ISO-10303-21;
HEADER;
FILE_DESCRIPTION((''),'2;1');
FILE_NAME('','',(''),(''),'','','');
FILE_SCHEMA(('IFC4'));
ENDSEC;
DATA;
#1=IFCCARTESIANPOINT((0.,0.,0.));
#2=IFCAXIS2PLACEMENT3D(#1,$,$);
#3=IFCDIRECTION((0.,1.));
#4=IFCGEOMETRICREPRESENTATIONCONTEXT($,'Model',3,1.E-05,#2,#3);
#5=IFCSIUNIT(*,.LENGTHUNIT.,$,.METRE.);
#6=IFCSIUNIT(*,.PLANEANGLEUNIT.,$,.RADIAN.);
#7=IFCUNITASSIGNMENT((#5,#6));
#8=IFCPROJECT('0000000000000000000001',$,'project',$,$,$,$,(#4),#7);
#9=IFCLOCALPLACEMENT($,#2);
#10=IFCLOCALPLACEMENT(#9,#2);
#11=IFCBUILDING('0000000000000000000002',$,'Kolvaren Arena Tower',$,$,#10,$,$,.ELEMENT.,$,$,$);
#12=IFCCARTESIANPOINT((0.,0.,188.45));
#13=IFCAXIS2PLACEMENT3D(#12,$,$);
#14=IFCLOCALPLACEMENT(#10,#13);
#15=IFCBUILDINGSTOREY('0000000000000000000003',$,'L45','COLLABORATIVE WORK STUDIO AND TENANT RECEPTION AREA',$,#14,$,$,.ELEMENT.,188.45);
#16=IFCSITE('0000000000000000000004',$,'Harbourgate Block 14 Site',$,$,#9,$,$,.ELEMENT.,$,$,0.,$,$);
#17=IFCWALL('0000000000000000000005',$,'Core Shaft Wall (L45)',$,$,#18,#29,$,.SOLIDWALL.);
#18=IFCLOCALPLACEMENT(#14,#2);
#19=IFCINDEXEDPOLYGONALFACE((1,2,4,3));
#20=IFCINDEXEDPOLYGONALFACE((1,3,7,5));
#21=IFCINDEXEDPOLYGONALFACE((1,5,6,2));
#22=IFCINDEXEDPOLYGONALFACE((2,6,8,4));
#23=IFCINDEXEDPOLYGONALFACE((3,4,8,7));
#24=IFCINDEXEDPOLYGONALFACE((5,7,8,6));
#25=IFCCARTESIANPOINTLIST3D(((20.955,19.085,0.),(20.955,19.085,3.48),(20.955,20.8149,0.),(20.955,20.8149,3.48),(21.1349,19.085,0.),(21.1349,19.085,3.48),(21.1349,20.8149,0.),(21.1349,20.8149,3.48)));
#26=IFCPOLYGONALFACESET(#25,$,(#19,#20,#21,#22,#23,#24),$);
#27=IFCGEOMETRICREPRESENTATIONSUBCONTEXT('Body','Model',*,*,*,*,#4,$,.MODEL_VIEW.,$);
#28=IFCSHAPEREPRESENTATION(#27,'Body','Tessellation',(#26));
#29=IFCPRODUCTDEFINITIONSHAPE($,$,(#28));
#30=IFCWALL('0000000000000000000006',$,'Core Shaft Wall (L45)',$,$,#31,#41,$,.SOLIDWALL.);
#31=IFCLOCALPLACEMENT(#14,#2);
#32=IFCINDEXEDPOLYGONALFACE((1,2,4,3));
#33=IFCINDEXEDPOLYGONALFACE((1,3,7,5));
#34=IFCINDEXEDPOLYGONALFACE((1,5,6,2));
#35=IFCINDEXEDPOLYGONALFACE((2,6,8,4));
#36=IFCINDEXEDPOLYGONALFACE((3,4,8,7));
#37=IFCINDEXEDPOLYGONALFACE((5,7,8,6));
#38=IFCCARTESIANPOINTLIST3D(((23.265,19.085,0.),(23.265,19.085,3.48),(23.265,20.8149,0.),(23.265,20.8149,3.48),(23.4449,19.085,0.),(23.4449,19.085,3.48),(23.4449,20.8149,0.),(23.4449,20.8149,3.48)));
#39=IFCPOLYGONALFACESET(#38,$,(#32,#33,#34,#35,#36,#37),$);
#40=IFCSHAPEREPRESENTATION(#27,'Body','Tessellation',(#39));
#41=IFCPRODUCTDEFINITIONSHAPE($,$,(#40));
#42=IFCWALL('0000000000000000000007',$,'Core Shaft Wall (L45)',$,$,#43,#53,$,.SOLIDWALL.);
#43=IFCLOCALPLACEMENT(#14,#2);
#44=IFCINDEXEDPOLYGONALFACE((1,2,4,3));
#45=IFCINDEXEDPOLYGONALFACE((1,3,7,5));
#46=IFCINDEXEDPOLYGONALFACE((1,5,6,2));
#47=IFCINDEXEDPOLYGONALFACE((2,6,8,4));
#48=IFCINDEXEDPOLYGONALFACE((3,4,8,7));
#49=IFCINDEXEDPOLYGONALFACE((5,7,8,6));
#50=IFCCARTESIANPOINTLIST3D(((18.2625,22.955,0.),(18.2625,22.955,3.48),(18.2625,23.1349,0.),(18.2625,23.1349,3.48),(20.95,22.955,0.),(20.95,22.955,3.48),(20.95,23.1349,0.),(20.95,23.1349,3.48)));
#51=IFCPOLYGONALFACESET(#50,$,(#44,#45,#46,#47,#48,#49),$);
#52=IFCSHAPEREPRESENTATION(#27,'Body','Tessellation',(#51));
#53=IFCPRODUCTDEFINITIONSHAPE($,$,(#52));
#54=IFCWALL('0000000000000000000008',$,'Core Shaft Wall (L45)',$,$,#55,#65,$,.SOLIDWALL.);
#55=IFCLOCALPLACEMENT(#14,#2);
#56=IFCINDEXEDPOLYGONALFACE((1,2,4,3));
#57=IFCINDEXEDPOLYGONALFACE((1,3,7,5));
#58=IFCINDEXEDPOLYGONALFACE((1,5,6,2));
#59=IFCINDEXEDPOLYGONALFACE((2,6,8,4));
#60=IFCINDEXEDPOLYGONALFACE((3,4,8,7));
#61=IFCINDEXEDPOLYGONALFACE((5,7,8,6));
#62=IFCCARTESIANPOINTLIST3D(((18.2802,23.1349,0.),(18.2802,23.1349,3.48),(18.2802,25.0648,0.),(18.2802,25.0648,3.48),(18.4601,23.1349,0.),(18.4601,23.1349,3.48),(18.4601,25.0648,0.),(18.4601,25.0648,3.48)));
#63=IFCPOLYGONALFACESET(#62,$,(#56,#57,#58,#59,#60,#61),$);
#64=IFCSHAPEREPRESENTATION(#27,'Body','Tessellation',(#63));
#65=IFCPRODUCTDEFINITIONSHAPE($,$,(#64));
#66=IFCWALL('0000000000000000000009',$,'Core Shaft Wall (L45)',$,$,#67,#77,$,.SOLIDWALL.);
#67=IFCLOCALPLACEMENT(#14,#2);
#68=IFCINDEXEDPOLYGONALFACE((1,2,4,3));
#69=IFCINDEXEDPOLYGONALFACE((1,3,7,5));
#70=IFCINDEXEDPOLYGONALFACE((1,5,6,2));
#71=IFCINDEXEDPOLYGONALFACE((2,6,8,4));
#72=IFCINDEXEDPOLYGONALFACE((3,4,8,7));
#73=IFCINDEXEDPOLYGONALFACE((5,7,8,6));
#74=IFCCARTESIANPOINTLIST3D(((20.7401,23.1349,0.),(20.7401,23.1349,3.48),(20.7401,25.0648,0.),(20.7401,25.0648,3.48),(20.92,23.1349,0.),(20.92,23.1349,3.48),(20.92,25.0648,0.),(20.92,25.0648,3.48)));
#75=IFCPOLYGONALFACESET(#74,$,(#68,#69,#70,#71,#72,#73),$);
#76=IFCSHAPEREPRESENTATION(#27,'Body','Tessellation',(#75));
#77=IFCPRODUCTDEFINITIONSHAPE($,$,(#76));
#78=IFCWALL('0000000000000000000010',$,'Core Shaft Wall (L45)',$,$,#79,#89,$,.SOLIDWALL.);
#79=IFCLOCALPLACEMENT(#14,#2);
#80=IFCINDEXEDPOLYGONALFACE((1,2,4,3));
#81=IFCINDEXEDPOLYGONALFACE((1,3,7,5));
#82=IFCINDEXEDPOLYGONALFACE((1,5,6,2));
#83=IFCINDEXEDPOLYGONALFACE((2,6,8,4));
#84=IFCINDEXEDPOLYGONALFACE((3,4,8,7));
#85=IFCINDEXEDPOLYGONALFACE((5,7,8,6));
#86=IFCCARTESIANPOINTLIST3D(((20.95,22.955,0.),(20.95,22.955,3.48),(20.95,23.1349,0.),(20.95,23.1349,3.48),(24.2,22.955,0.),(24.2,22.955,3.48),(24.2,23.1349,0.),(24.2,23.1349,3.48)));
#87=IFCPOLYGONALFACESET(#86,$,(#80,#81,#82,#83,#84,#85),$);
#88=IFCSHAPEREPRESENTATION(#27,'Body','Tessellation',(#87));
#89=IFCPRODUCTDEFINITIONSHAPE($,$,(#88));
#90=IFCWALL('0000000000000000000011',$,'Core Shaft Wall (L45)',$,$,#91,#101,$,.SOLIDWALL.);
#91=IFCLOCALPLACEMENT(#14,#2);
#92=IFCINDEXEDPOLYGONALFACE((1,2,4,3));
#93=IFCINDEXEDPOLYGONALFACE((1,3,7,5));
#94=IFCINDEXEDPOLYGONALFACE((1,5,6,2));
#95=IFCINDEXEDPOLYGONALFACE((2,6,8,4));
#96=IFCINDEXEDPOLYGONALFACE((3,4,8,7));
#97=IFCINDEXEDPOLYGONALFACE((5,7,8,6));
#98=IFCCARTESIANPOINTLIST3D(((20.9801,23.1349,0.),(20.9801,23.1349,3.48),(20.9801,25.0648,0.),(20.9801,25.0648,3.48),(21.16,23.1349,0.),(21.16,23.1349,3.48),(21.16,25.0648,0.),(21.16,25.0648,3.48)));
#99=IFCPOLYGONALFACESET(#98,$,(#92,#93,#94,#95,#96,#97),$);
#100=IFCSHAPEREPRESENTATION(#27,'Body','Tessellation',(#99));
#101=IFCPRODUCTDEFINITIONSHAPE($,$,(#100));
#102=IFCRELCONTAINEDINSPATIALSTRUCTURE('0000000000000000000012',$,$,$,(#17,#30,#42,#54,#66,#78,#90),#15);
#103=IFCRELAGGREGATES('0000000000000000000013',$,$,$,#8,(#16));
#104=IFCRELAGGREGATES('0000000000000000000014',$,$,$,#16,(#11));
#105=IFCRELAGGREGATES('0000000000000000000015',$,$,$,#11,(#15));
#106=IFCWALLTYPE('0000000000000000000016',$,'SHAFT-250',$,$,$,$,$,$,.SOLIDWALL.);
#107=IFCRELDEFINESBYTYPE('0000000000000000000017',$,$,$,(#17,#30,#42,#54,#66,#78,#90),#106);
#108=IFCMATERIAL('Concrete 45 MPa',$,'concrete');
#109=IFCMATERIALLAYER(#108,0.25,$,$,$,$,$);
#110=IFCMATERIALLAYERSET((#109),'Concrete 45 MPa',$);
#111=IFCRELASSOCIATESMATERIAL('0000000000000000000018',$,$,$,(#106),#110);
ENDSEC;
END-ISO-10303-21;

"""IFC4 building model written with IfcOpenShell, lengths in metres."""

from ifc_helpers import new_model, si_unit, direction, frame, frame_2d, origin, place, context, subcontext, project, spatial, rectangle, extrude, material, layer, layer_set, type_object, element, save


model = new_model("IFC4")

# Units and contexts
model_context = context("Model", 3, precision=1e-05, world=origin(), true_north=direction((0.0, 1.0)))
body_context = subcontext(model_context, "Body", "Model", "MODEL_VIEW")
ifc_project = project(units=[si_unit("LENGTHUNIT", "METRE"), si_unit("PLANEANGLEUNIT", "RADIAN")], contexts=[model_context])

# Site, building, storey
site_placement = place(None, origin())
site = spatial("IfcSite", under=ifc_project, at=site_placement, Name="Harbourgate Block 14 Site", CompositionType="ELEMENT", RefElevation=0.0)
building_placement = place(site_placement, origin())
building = spatial("IfcBuilding", under=site, at=building_placement, Name="Kolvaren Arena Tower", CompositionType="ELEMENT")
storey_placement = place(building_placement, frame((0.0, 0.0, 188.45)))
storey = spatial("IfcBuildingStorey", under=building, at=storey_placement, Name="L45", Description="COLLABORATIVE WORK STUDIO AND TENANT RECEPTION AREA", CompositionType="ELEMENT", Elevation=188.45)

# Shared definitions
ifc_material_1 = material(Name="Concrete 45 MPa", Category="concrete")
ifc_layer_1 = layer(ifc_material_1, 0.25)
ifc_layer_set_1 = layer_set([ifc_layer_1], Name="Concrete 45 MPa")
wall_type_1 = type_object("IfcWallType", Name="SHAFT-250", PredefinedType="SOLIDWALL", material=ifc_layer_set_1)

# Walls
for number, where, z_axis, x_axis, name in (
    (1, (21.0449, 19.085, 0.0), (0.0, 0.0, 1.0), (0.0, 1.0, 0.0), "Core Shaft Wall (L45)"),
    (2, (23.355, 19.085, 0.0), (0.0, 0.0, 1.0), (0.0, 1.0, 0.0), "Core Shaft Wall (L45)"),
):
    element("IfcWall", number, at=place(storey_placement, frame(where, z_axis=z_axis, x_axis=x_axis)), inside=storey, type_object=wall_type_1, Name=name, PredefinedType="SOLIDWALL", context=body_context, shape_type="SweptSolid", body=[
        extrude(rectangle(XDim=1.73, YDim=0.1799, at=frame_2d((0.865, 0.0))), origin(), (0.0, 0.0, 1.0), 3.48),
    ])
wall_1_placement = place(storey_placement, frame((18.2625, 23.0449, 0.0), z_axis=(0.0, 0.0, 1.0), x_axis=(1.0, 0.0, 0.0)))
element("IfcWall", 3, at=wall_1_placement, inside=storey, type_object=wall_type_1, Name="Core Shaft Wall (L45)", PredefinedType="SOLIDWALL", context=body_context, shape_type="SweptSolid", body=[
    extrude(rectangle(XDim=2.6875, YDim=0.1799, at=frame_2d((1.3438, 0.0))), origin(), (0.0, 0.0, 1.0), 3.48),
])
for number, where, z_axis, x_axis, name in (
    (4, (18.3701, 23.135, 0.0), (0.0, 0.0, 1.0), (0.0, 1.0, 0.0), "Core Shaft Wall (L45)"),
    (5, (20.8301, 23.135, 0.0), (0.0, 0.0, 1.0), (0.0, 1.0, 0.0), "Core Shaft Wall (L45)"),
):
    element("IfcWall", number, at=place(storey_placement, frame(where, z_axis=z_axis, x_axis=x_axis)), inside=storey, type_object=wall_type_1, Name=name, PredefinedType="SOLIDWALL", context=body_context, shape_type="SweptSolid", body=[
        extrude(rectangle(XDim=1.9299, YDim=0.1799, at=frame_2d((0.9648, 0.0))), origin(), (0.0, 0.0, 1.0), 3.48),
    ])
wall_2_placement = place(storey_placement, frame((20.95, 23.0449, 0.0), z_axis=(0.0, 0.0, 1.0), x_axis=(1.0, 0.0, 0.0)))
element("IfcWall", 6, at=wall_2_placement, inside=storey, type_object=wall_type_1, Name="Core Shaft Wall (L45)", PredefinedType="SOLIDWALL", context=body_context, shape_type="SweptSolid", body=[
    extrude(rectangle(XDim=3.25, YDim=0.1799, at=frame_2d((1.625, 0.0))), origin(), (0.0, 0.0, 1.0), 3.48),
])
wall_3_placement = place(storey_placement, frame((21.0701, 23.135, 0.0), z_axis=(0.0, 0.0, 1.0), x_axis=(0.0, 1.0, 0.0)))
element("IfcWall", 7, at=wall_3_placement, inside=storey, type_object=wall_type_1, Name="Core Shaft Wall (L45)", PredefinedType="SOLIDWALL", context=body_context, shape_type="SweptSolid", body=[
    extrude(rectangle(XDim=1.9299, YDim=0.1799, at=frame_2d((0.9648, 0.0))), origin(), (0.0, 0.0, 1.0), 3.48),
])

save(model, "model.ifc")
